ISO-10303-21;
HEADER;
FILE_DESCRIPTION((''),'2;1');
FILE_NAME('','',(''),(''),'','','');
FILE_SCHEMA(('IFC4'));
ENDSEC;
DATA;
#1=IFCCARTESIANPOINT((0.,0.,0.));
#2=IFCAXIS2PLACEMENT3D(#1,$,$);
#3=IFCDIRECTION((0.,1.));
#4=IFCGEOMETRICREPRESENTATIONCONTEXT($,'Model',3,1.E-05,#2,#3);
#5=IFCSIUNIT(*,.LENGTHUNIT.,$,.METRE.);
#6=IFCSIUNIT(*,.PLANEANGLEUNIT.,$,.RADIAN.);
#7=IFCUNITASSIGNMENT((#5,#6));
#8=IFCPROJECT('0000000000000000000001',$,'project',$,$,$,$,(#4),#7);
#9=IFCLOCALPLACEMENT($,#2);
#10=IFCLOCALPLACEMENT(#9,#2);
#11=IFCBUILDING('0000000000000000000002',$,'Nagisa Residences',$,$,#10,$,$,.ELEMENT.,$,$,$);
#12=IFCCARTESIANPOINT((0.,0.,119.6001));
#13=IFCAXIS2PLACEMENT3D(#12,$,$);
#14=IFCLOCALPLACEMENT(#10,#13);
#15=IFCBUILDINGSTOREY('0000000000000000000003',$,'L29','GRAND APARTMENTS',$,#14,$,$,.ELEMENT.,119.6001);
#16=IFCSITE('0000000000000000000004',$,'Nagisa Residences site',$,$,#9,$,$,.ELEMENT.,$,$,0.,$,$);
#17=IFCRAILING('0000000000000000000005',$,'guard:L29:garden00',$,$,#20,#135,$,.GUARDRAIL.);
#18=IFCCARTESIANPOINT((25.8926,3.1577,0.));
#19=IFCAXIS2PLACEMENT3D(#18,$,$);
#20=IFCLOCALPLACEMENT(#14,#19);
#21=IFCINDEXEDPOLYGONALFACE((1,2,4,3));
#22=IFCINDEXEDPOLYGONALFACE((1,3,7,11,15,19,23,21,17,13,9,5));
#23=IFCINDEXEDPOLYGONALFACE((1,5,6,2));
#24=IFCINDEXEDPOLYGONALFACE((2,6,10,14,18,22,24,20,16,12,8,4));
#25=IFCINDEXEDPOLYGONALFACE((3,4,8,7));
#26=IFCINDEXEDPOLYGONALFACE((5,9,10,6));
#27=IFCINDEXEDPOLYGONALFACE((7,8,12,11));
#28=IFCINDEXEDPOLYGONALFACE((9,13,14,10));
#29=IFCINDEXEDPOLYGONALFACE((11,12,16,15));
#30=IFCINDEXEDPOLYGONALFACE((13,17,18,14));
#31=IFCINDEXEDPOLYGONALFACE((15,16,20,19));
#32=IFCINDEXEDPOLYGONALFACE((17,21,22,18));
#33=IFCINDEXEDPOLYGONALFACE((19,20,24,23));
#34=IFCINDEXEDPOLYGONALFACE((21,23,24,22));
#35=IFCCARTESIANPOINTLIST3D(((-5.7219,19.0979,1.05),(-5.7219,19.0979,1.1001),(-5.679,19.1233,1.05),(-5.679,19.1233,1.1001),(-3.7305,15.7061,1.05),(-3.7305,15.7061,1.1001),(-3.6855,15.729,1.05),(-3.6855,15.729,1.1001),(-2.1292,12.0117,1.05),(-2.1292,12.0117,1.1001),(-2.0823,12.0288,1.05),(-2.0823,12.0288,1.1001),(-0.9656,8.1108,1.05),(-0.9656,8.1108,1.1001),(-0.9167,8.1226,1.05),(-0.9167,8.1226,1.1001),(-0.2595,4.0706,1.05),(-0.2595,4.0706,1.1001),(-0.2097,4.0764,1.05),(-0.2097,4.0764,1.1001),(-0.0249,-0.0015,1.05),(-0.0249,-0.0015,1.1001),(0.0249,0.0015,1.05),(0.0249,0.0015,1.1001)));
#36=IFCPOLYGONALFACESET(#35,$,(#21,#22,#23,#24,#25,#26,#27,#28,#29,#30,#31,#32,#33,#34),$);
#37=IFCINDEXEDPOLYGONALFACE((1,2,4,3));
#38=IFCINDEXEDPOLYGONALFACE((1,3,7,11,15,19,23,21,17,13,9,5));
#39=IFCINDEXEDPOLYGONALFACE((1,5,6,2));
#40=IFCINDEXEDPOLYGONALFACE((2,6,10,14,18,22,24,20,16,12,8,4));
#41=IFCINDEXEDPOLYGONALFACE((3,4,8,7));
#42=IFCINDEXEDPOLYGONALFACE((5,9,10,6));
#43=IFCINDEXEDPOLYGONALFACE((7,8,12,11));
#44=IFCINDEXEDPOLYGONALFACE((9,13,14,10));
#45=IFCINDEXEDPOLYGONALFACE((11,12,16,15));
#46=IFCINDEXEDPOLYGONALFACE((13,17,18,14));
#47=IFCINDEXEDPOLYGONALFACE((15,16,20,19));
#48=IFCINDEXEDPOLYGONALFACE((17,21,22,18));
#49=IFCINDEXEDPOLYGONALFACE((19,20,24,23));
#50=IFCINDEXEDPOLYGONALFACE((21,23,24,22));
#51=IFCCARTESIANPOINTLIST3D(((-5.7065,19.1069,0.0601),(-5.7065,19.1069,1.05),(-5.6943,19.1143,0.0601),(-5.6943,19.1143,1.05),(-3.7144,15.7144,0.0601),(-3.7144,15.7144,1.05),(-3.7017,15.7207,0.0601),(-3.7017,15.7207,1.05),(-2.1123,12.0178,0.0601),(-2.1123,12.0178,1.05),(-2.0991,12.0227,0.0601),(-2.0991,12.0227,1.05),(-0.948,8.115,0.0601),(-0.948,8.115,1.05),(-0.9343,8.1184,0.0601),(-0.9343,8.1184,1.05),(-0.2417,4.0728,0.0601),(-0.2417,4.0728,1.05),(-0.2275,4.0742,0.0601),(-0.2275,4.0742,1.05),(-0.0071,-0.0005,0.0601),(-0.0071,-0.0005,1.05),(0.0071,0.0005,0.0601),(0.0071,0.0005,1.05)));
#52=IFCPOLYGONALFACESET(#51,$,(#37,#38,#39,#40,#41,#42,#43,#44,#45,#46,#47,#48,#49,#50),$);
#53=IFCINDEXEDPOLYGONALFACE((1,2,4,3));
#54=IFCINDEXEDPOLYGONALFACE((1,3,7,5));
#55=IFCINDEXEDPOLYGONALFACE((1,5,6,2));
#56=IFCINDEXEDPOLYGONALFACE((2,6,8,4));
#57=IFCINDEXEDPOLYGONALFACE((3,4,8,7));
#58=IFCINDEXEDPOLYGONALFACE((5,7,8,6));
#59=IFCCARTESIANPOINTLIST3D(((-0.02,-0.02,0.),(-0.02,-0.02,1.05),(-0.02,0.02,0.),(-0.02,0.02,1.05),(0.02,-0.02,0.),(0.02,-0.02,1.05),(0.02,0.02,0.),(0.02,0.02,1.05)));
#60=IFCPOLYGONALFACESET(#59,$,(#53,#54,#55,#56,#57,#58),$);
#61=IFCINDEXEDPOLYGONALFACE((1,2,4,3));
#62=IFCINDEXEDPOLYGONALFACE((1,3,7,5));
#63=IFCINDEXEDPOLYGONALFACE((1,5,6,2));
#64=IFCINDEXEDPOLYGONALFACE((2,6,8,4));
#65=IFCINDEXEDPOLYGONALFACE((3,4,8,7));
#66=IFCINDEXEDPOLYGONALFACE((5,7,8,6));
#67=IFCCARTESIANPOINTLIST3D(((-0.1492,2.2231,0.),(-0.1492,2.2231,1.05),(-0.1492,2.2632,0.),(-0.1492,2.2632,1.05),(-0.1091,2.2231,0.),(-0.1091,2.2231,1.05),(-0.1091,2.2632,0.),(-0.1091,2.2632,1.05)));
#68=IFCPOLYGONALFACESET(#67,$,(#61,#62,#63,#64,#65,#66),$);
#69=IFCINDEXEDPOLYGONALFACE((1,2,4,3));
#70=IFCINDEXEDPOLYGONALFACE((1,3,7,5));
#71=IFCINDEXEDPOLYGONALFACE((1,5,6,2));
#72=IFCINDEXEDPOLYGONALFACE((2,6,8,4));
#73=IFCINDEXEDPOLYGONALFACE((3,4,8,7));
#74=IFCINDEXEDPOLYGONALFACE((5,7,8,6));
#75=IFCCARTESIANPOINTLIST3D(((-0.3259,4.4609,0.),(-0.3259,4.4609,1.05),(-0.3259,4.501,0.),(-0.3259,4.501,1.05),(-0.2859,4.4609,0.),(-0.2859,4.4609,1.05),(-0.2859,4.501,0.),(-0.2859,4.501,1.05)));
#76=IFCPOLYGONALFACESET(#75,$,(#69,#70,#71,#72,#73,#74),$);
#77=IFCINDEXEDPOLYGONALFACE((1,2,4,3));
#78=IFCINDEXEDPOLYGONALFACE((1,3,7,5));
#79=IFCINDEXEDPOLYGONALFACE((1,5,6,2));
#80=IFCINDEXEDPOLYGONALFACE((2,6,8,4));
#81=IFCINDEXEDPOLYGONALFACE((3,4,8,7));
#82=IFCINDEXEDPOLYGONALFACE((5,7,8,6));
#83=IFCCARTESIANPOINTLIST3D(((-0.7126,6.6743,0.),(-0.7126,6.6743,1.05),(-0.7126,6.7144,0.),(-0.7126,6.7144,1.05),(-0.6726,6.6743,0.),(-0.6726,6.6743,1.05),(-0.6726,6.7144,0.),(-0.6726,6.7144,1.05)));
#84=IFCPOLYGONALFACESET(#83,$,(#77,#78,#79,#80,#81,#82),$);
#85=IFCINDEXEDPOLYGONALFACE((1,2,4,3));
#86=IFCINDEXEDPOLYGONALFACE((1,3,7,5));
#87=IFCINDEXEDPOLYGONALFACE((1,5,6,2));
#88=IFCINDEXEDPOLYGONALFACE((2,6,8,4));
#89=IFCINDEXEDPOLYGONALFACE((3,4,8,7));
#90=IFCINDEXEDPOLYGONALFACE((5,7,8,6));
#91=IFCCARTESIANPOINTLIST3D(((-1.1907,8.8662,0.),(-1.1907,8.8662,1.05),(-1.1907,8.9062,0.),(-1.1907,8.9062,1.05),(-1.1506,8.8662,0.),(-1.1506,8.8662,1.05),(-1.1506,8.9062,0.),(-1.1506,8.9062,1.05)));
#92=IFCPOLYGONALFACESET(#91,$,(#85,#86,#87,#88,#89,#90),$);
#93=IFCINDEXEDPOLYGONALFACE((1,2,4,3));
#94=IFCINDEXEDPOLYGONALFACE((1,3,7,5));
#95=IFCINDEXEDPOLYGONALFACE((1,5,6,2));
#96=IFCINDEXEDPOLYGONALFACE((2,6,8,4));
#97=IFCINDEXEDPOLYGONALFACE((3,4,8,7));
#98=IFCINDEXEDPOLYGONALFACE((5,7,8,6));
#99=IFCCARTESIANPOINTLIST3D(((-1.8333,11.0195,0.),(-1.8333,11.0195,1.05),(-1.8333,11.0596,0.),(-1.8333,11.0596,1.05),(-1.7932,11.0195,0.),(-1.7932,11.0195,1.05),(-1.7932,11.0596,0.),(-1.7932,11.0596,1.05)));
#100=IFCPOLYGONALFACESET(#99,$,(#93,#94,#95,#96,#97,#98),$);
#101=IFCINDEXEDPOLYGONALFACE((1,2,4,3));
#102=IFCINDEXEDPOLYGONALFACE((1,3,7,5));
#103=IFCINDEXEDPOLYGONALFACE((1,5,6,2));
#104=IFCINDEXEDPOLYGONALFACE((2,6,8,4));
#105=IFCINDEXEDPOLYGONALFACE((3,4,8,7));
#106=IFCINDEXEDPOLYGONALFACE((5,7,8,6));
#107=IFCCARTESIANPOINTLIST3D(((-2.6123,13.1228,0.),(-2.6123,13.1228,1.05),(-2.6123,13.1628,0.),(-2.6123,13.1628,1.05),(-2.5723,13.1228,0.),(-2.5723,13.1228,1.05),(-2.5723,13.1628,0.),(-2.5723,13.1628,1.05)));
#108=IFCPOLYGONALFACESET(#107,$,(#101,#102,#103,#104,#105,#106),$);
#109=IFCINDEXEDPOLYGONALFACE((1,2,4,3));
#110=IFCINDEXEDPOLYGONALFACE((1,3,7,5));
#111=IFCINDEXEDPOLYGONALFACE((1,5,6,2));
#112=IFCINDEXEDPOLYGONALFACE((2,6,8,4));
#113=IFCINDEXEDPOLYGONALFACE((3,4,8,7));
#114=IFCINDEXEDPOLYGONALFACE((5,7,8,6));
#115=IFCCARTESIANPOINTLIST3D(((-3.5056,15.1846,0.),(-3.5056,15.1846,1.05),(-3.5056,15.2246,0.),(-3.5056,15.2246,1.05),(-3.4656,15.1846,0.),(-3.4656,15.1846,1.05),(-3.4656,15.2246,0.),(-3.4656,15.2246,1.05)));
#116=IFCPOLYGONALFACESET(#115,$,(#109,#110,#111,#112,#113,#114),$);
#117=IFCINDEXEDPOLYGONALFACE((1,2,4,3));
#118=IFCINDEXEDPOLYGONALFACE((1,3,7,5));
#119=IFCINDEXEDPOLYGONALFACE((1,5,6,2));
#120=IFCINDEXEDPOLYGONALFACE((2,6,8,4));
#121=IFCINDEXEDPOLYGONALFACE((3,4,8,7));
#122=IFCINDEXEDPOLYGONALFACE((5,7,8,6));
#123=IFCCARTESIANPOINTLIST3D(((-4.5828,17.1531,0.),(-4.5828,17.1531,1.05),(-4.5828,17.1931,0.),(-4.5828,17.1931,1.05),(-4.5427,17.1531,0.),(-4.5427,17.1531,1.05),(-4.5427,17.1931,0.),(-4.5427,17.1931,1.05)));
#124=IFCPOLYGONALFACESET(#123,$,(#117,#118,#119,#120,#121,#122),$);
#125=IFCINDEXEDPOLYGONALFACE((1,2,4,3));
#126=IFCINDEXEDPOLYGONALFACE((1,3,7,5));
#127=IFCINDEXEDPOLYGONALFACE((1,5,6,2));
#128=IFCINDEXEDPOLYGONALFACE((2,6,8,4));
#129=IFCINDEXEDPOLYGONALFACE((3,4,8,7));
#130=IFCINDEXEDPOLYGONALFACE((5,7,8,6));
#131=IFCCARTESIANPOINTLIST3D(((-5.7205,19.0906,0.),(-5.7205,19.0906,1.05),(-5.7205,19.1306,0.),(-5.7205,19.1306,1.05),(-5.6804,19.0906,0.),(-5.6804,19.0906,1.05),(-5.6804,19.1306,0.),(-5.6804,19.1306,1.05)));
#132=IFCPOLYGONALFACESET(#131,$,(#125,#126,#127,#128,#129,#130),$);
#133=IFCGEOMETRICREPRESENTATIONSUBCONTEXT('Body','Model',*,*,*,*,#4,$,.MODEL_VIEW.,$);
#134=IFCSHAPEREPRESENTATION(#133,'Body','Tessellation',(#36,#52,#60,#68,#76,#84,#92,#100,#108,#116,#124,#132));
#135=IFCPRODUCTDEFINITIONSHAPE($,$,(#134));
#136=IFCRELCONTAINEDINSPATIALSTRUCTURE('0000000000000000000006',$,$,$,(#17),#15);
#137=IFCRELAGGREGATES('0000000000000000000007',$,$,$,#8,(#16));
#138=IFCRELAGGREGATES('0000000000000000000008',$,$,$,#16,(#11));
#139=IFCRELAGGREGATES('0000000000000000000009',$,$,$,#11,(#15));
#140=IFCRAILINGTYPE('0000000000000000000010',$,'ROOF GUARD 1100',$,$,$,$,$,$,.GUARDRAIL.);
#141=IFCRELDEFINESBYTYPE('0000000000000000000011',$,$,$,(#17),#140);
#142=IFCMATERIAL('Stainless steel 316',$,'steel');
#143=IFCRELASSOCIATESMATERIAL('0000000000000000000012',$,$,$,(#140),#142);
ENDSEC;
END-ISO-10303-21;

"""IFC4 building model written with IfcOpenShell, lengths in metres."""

from ifc_helpers import new_model, si_unit, direction, frame, origin, origin_2d, place, context, subcontext, project, spatial, polyline, rectangle, outline, extrude, material, type_object, element, save


model = new_model("IFC4")

# Units and contexts
model_context = context("Model", 3, precision=1e-05, world=origin(), true_north=direction((0.0, 1.0)))
body_context = subcontext(model_context, "Body", "Model", "MODEL_VIEW")
ifc_project = project(units=[si_unit("LENGTHUNIT", "METRE"), si_unit("PLANEANGLEUNIT", "RADIAN")], contexts=[model_context])

# Site, building, storey
site_placement = place(None, origin())
site = spatial("IfcSite", under=ifc_project, at=site_placement, Name="Nagisa Residences site", CompositionType="ELEMENT", RefElevation=0.0)
building_placement = place(site_placement, origin())
building = spatial("IfcBuilding", under=site, at=building_placement, Name="Nagisa Residences", CompositionType="ELEMENT")
storey_placement = place(building_placement, frame((0.0, 0.0, 119.6001)))
storey = spatial("IfcBuildingStorey", under=building, at=storey_placement, Name="L29", Description="GRAND APARTMENTS", CompositionType="ELEMENT", Elevation=119.6001)

# Railing
ifc_material_1 = material(Name="Stainless steel 316", Category="steel")
railing_type = type_object("IfcRailingType", Name="ROOF GUARD 1100", PredefinedType="GUARDRAIL", material=ifc_material_1)
railing_placement = place(storey_placement, frame((25.8926, 3.1577, 0.0)))
element("IfcRailing", 1, at=railing_placement, inside=storey, type_object=railing_type, Name="guard:L29:garden00", PredefinedType="GUARDRAIL", context=body_context, shape_type="SweptSolid", body=[
    extrude(outline(polyline([(-0.2595, 4.0706), (-0.0249, -0.0015), (0.0249, 0.0015), (-0.2097, 4.0764), (-0.9167, 8.1226), (-2.0823, 12.0288), (-3.6855, 15.729), (-5.679, 19.1233), (-5.7219, 19.0979), (-3.7305, 15.7061), (-2.1292, 12.0117), (-0.9656, 8.1108), (-0.2595, 4.0706)])), frame((0.0, 0.0, 1.05)), (0.0, 0.0, 1.0), 0.05),
    extrude(outline(polyline([(-0.2417, 4.0728), (-0.0071, -0.0005), (0.0071, 0.0005), (-0.2275, 4.0742), (-0.9343, 8.1184), (-2.0991, 12.0227), (-3.7017, 15.7207), (-5.6943, 19.1143), (-5.7065, 19.1069), (-3.7144, 15.7144), (-2.1123, 12.0178), (-0.948, 8.115), (-0.2417, 4.0728)])), frame((0.0, 0.0, 0.0601)), (0.0, 0.0, 1.0), 0.99),
    extrude(rectangle(XDim=0.04, YDim=0.04, at=origin_2d()), origin(), (0.0, 0.0, 1.0), 1.05),
    extrude(rectangle(XDim=0.04, YDim=0.04, at=origin_2d()), frame((-0.1292, 2.2432, 0.0)), (0.0, 0.0, 1.0), 1.05),
    extrude(rectangle(XDim=0.04, YDim=0.04, at=origin_2d()), frame((-0.3059, 4.481, 0.0)), (0.0, 0.0, 1.0), 1.05),
    extrude(rectangle(XDim=0.04, YDim=0.04, at=origin_2d()), frame((-0.6926, 6.6943, 0.0)), (0.0, 0.0, 1.0), 1.05),
    extrude(rectangle(XDim=0.04, YDim=0.04, at=origin_2d()), frame((-1.1707, 8.8862, 0.0)), (0.0, 0.0, 1.0), 1.05),
    extrude(rectangle(XDim=0.04, YDim=0.04, at=origin_2d()), frame((-1.8132, 11.0396, 0.0)), (0.0, 0.0, 1.0), 1.05),
    extrude(rectangle(XDim=0.04, YDim=0.04, at=origin_2d()), frame((-2.5923, 13.1428, 0.0)), (0.0, 0.0, 1.0), 1.05),
    extrude(rectangle(XDim=0.04, YDim=0.04, at=origin_2d()), frame((-3.4856, 15.2046, 0.0)), (0.0, 0.0, 1.0), 1.05),
    extrude(rectangle(XDim=0.04, YDim=0.04, at=origin_2d()), frame((-4.5627, 17.1731, 0.0)), (0.0, 0.0, 1.0), 1.05),
    extrude(rectangle(XDim=0.04, YDim=0.04, at=origin_2d()), frame((-5.7004, 19.1106, 0.0)), (0.0, 0.0, 1.0), 1.05),
])

save(model, "model.ifc")
